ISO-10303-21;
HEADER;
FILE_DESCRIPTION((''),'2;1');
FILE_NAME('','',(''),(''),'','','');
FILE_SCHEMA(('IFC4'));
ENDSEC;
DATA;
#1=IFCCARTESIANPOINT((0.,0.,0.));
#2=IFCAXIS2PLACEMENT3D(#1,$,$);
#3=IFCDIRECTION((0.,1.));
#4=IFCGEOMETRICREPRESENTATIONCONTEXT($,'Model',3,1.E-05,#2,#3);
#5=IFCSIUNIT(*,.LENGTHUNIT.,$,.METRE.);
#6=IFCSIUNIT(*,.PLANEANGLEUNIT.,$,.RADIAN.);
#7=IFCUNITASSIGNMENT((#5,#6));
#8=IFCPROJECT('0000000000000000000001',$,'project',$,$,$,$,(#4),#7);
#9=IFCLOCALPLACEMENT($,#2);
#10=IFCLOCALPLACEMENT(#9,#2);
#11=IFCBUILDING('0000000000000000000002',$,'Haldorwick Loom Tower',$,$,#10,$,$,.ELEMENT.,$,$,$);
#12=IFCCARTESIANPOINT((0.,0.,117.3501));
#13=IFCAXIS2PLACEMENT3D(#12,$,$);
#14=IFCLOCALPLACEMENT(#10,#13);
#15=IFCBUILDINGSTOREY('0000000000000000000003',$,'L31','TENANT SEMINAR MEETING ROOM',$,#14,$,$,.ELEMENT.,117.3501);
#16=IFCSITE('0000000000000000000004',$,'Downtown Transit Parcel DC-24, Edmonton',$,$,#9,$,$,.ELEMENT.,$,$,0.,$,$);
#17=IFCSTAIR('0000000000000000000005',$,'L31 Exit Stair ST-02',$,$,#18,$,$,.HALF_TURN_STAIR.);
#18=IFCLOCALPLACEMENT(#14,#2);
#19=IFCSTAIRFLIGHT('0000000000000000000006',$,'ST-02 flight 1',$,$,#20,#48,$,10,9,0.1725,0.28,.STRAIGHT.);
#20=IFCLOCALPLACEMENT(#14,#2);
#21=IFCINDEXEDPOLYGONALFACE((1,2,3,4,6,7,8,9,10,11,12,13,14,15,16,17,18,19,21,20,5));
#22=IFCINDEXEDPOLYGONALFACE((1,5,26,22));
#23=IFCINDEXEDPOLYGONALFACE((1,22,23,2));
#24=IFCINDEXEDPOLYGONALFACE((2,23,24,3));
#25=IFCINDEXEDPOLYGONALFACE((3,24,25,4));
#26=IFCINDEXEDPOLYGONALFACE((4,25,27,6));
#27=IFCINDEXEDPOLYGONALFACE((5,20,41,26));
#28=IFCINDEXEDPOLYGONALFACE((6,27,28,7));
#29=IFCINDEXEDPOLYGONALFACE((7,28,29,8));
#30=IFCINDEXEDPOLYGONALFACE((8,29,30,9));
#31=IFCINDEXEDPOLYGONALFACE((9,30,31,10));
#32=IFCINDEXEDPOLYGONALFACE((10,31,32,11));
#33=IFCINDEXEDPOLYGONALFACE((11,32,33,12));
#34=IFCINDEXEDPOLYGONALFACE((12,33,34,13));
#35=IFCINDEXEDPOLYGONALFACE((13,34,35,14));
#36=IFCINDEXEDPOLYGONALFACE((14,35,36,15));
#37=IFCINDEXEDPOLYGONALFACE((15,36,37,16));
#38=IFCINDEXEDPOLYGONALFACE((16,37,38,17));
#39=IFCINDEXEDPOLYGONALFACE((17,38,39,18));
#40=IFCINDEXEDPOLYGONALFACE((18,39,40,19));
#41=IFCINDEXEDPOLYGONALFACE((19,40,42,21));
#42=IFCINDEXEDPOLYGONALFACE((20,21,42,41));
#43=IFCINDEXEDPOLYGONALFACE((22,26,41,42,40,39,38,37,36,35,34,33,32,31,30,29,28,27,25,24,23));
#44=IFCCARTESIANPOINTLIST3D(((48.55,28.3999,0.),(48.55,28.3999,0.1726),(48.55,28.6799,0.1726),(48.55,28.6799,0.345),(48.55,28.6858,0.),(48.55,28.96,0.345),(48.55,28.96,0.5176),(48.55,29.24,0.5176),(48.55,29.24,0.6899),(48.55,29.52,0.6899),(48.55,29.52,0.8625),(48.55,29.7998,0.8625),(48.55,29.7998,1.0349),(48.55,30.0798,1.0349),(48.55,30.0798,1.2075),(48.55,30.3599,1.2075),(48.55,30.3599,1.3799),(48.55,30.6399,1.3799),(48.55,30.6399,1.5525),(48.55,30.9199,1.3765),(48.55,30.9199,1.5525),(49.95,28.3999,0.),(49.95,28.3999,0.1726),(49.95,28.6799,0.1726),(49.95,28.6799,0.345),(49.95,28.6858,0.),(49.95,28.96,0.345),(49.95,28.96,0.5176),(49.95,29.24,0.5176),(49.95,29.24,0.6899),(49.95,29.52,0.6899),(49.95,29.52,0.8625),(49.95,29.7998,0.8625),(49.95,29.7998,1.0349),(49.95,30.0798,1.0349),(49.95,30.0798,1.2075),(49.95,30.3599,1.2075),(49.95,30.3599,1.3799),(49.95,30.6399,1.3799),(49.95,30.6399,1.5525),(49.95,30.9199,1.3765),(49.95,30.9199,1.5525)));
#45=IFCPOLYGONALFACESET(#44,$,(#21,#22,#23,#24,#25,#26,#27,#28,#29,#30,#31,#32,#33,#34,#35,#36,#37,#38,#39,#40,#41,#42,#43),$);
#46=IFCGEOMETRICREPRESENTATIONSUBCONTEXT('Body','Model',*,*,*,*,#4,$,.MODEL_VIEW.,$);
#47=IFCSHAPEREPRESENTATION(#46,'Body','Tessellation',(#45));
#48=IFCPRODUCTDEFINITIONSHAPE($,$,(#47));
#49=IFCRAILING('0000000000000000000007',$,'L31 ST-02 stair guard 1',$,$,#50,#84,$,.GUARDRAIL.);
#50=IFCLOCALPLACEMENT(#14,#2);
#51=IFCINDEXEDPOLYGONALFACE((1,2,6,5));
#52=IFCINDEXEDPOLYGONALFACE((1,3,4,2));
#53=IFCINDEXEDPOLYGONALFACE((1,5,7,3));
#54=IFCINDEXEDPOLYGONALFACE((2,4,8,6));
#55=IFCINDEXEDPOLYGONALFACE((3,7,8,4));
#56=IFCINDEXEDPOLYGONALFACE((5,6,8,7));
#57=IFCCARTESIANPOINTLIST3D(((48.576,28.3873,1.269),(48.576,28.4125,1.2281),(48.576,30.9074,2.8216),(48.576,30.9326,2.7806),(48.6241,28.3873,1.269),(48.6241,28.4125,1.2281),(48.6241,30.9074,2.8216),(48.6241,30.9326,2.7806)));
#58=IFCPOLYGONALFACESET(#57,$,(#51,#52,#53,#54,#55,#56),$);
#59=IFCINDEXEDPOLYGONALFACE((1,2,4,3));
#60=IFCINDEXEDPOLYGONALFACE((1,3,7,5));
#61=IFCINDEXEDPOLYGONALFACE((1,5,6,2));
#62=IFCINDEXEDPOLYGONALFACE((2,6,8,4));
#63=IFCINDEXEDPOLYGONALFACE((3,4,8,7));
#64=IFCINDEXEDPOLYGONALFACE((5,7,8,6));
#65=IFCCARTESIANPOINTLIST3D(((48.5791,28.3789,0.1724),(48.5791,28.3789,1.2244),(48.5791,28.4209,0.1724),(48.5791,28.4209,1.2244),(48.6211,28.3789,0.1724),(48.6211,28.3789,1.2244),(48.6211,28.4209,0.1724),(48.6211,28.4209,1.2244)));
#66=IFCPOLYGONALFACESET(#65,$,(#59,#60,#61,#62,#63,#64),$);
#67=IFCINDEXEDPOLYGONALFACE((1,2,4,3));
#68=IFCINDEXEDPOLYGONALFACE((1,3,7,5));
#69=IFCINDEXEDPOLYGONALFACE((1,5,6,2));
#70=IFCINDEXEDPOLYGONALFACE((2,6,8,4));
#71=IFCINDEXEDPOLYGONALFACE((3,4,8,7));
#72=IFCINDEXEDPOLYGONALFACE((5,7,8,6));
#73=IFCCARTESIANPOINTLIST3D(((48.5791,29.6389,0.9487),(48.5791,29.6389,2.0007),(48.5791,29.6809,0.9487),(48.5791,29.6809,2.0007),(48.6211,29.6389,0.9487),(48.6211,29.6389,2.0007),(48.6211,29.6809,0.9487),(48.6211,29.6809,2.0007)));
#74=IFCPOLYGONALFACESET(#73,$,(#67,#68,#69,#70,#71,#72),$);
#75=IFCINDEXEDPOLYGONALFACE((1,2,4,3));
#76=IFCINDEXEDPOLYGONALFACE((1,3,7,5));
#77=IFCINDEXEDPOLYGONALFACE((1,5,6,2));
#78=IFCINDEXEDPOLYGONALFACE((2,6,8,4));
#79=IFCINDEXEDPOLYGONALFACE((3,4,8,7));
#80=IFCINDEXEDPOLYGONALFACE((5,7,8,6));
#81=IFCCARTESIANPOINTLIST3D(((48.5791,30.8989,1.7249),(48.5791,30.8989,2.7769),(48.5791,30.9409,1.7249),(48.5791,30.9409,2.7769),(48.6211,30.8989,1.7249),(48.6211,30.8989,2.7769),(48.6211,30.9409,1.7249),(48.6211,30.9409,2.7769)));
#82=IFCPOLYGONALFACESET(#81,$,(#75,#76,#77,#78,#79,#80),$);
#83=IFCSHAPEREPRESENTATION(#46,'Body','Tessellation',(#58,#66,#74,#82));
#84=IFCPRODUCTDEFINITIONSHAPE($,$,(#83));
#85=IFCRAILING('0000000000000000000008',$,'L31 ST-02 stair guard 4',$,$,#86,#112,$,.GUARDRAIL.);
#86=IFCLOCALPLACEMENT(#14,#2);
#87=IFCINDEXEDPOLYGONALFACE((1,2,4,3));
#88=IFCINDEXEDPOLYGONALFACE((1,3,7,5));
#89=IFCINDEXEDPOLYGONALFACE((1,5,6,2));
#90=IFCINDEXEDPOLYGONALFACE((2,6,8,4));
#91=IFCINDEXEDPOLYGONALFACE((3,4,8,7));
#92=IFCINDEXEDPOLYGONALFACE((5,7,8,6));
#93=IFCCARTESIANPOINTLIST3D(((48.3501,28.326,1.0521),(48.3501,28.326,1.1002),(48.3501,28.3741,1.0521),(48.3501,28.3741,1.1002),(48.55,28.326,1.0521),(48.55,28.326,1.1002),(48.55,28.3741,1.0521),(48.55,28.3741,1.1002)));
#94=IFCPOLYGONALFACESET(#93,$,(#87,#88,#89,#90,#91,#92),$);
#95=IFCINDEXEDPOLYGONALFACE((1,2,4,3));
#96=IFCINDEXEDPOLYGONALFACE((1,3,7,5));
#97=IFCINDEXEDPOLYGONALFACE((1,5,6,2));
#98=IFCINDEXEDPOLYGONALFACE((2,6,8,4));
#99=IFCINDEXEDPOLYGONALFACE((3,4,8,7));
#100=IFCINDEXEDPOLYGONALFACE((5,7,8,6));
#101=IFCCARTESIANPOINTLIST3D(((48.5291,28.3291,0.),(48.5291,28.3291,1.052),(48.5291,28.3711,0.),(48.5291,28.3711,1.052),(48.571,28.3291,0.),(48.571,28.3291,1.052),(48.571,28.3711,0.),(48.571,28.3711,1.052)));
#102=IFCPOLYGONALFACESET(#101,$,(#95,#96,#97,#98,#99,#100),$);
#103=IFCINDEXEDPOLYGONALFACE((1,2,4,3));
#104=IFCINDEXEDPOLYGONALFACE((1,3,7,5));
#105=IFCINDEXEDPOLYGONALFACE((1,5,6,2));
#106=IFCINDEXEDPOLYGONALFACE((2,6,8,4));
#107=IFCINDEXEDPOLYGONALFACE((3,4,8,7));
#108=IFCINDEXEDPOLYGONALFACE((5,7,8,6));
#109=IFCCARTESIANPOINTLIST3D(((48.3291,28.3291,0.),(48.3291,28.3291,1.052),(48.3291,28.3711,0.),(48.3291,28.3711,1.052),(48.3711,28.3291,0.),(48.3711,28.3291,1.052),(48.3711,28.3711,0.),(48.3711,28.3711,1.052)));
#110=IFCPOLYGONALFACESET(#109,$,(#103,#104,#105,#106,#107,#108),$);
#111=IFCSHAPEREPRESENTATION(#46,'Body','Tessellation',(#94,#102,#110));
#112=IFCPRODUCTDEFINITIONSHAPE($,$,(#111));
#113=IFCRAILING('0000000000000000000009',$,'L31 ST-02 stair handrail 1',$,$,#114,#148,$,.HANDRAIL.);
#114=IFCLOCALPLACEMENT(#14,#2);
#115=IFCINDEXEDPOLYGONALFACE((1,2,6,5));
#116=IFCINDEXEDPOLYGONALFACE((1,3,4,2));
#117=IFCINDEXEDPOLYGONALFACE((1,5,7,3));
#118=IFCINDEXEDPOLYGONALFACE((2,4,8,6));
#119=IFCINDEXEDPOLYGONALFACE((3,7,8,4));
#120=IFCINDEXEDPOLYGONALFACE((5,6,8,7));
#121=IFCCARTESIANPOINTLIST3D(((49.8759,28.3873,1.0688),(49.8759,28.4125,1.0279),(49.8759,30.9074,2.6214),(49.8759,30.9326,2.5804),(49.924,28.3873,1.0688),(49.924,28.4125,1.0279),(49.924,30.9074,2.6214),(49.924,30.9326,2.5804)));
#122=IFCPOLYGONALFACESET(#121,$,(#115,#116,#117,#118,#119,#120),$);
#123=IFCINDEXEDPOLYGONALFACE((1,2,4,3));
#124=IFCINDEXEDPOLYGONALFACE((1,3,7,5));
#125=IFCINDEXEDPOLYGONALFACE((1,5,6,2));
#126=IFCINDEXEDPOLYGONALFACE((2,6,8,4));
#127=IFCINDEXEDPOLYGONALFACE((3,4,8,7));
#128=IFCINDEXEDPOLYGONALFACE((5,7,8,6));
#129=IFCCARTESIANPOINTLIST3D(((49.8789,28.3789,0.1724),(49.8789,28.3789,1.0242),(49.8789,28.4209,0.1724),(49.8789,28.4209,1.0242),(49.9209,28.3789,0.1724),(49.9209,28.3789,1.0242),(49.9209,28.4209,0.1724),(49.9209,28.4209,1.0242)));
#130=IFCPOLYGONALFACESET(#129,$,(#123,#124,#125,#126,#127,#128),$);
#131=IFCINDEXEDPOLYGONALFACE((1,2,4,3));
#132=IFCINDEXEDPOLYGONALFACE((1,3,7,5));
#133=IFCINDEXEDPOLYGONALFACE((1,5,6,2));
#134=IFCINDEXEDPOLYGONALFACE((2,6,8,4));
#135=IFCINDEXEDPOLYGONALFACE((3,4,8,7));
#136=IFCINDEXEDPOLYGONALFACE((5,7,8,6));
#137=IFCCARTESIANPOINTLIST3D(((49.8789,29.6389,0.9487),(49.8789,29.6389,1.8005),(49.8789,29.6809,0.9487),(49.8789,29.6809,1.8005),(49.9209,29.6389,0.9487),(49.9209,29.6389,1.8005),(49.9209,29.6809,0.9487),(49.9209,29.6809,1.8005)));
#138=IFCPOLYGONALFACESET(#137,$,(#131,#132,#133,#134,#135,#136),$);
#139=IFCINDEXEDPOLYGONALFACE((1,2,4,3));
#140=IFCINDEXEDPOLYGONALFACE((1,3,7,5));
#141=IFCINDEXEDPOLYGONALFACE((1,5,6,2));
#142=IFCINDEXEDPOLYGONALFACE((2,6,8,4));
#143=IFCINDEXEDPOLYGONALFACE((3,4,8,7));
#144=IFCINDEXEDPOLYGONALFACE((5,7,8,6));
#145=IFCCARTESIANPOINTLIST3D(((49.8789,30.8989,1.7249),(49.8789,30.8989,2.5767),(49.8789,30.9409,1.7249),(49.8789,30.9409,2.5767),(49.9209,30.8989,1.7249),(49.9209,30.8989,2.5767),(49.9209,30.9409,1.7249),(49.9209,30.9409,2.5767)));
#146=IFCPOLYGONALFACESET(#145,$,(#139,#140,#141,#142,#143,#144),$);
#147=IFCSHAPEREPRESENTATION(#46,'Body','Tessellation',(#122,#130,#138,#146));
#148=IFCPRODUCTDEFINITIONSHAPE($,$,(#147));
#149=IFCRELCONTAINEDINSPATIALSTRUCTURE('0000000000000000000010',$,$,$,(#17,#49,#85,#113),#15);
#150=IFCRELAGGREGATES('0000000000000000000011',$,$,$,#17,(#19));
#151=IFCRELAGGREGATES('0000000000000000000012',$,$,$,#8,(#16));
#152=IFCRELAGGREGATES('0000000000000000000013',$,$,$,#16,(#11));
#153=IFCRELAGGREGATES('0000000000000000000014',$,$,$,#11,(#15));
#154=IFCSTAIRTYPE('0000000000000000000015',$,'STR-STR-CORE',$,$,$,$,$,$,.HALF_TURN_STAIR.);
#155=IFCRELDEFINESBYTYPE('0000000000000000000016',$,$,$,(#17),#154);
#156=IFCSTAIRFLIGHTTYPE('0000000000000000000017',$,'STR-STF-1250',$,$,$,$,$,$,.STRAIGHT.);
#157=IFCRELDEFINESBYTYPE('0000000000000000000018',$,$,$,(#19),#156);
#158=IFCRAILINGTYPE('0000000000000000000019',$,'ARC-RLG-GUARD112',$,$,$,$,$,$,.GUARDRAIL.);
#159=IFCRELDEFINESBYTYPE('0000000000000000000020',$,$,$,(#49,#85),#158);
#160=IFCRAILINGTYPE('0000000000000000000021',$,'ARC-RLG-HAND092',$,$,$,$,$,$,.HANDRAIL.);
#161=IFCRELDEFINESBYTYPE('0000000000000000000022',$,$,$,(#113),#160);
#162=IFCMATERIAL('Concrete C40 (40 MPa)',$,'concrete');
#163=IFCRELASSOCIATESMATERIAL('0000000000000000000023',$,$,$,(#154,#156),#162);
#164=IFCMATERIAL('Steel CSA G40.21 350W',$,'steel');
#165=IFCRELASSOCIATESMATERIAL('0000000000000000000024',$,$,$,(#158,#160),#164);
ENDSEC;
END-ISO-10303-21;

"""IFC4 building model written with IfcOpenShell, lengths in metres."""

from ifc_helpers import new_model, si_unit, direction, frame, origin, origin_2d, place, context, subcontext, project, spatial, polyline, rectangle, outline, extrude, material, type_object, element, aggregate, save


model = new_model("IFC4")

# Units and contexts
model_context = context("Model", 3, precision=1e-05, world=origin(), true_north=direction((0.0, 1.0)))
body_context = subcontext(model_context, "Body", "Model", "MODEL_VIEW")
ifc_project = project(units=[si_unit("LENGTHUNIT", "METRE"), si_unit("PLANEANGLEUNIT", "RADIAN")], contexts=[model_context])

# Site, building, storey
site_placement = place(None, origin())
site = spatial("IfcSite", under=ifc_project, at=site_placement, Name="Downtown Transit Parcel DC-24, Edmonton", CompositionType="ELEMENT", RefElevation=0.0)
building_placement = place(site_placement, origin())
building = spatial("IfcBuilding", under=site, at=building_placement, Name="Haldorwick Loom Tower", CompositionType="ELEMENT")
storey_placement = place(building_placement, frame((0.0, 0.0, 117.3501)))
storey = spatial("IfcBuildingStorey", under=building, at=storey_placement, Name="L31", Description="TENANT SEMINAR MEETING ROOM", CompositionType="ELEMENT", Elevation=117.3501)

# Shared definitions
ifc_material_1 = material(Name="Steel CSA G40.21 350W", Category="steel")

# Stair, stair flight
ifc_material_2 = material(Name="Concrete C40 (40 MPa)", Category="concrete")
stair_type = type_object("IfcStairType", Name="STR-STR-CORE", PredefinedType="HALF_TURN_STAIR", material=ifc_material_2)
stair_placement = place(storey_placement, origin())
stair = element("IfcStair", 1, at=stair_placement, inside=storey, type_object=stair_type, Name="L31 Exit Stair ST-02", PredefinedType="HALF_TURN_STAIR")
stair_flight_type = type_object("IfcStairFlightType", Name="STR-STF-1250", PredefinedType="STRAIGHT", material=ifc_material_2)
stair_flight_placement = place(storey_placement, frame((49.25, 28.3999, 0.0), z_axis=(0.0, 0.0, 1.0), x_axis=(0.0, 1.0, 0.0)))
stair_flight = element("IfcStairFlight", 2, at=stair_flight_placement, type_object=stair_flight_type, Name="ST-02 flight 1", NumberOfRisers=10, NumberOfTreads=9, PredefinedType="STRAIGHT", RiserHeight=0.1725, TreadLength=0.28, context=body_context, shape_type="SweptSolid", body=[
    extrude(outline(polyline([(0.0, 0.0), (0.0, 0.1726), (0.28, 0.1726), (0.28, 0.345), (0.5601, 0.345), (0.5601, 0.5176), (0.8401, 0.5176), (0.8401, 0.6899), (1.1201, 0.6899), (1.1201, 0.8625), (1.3999, 0.8625), (1.3999, 1.0349), (1.6799, 1.0349), (1.6799, 1.2075), (1.96, 1.2075), (1.96, 1.3799), (2.24, 1.3799), (2.24, 1.5525), (2.52, 1.5525), (2.52, 1.7251), (2.52, 1.3765), (0.2859, 0.0), (0.0, 0.0)])), frame((0.0, 0.7, 0.0), z_axis=(0.0, -1.0, 0.0), x_axis=(1.0, 0.0, 0.0)), (0.0, 0.0, 1.0), 1.3999),
])
aggregate(stair, [stair_flight])

# Railings
railing_type_1 = type_object("IfcRailingType", Name="ARC-RLG-GUARD112", PredefinedType="GUARDRAIL", material=ifc_material_1)
railing_1_placement = place(storey_placement, frame((48.6001, 28.3999, 0.1724)))
element("IfcRailing", 3, at=railing_1_placement, inside=storey, type_object=railing_type_1, Name="L31 ST-02 stair guard 1", PredefinedType="GUARDRAIL", context=body_context, shape_type="SweptSolid", body=[
    extrude(rectangle(XDim=0.0481, YDim=0.0481, at=origin_2d()), frame((0.0, 0.0, 1.0762), z_axis=(0.0, 0.8514, 0.524516), x_axis=(-1.0, 0.0, 0.0)), (0.0, 0.0, 1.0), 2.96),
    extrude(rectangle(XDim=0.042, YDim=0.042, at=origin_2d()), origin(), (0.0, 0.0, 1.0), 1.052),
    extrude(rectangle(XDim=0.042, YDim=0.042, at=origin_2d()), frame((0.0, 1.26, 0.7764)), (0.0, 0.0, 1.0), 1.052),
    extrude(rectangle(XDim=0.042, YDim=0.042, at=origin_2d()), frame((0.0, 2.52, 1.5525)), (0.0, 0.0, 1.0), 1.052),
])
railing_2_placement = place(storey_placement, frame((48.55, 28.3501, 0.0)))
element("IfcRailing", 4, at=railing_2_placement, inside=storey, type_object=railing_type_1, Name="L31 ST-02 stair guard 4", PredefinedType="GUARDRAIL", context=body_context, shape_type="SweptSolid", body=[
    extrude(rectangle(XDim=0.0481, YDim=0.0481, at=origin_2d()), frame((0.0, 0.0, 1.0762), z_axis=(-1.0, 0.0, 0.0), x_axis=(0.0, -1.0, 0.0)), (0.0, 0.0, 1.0), 0.2),
    extrude(rectangle(XDim=0.042, YDim=0.042, at=origin_2d()), origin(), (0.0, 0.0, 1.0), 1.052),
    extrude(rectangle(XDim=0.042, YDim=0.042, at=origin_2d()), frame((-0.2, 0.0, 0.0)), (0.0, 0.0, 1.0), 1.052),
])
railing_type_2 = type_object("IfcRailingType", Name="ARC-RLG-HAND092", PredefinedType="HANDRAIL", material=ifc_material_1)
railing_3_placement = place(storey_placement, frame((49.8999, 28.3999, 0.1724)))
element("IfcRailing", 5, at=railing_3_placement, inside=storey, type_object=railing_type_2, Name="L31 ST-02 stair handrail 1", PredefinedType="HANDRAIL", context=body_context, shape_type="SweptSolid", body=[
    extrude(rectangle(XDim=0.0481, YDim=0.0481, at=origin_2d()), frame((0.0, 0.0, 0.876), z_axis=(0.0, 0.8514, 0.524516), x_axis=(-1.0, 0.0, 0.0)), (0.0, 0.0, 1.0), 2.96),
    extrude(rectangle(XDim=0.042, YDim=0.042, at=origin_2d()), origin(), (0.0, 0.0, 1.0), 0.8518),
    extrude(rectangle(XDim=0.042, YDim=0.042, at=origin_2d()), frame((0.0, 1.26, 0.7764)), (0.0, 0.0, 1.0), 0.8518),
    extrude(rectangle(XDim=0.042, YDim=0.042, at=origin_2d()), frame((0.0, 2.52, 1.5525)), (0.0, 0.0, 1.0), 0.8518),
])

save(model, "model.ifc")
